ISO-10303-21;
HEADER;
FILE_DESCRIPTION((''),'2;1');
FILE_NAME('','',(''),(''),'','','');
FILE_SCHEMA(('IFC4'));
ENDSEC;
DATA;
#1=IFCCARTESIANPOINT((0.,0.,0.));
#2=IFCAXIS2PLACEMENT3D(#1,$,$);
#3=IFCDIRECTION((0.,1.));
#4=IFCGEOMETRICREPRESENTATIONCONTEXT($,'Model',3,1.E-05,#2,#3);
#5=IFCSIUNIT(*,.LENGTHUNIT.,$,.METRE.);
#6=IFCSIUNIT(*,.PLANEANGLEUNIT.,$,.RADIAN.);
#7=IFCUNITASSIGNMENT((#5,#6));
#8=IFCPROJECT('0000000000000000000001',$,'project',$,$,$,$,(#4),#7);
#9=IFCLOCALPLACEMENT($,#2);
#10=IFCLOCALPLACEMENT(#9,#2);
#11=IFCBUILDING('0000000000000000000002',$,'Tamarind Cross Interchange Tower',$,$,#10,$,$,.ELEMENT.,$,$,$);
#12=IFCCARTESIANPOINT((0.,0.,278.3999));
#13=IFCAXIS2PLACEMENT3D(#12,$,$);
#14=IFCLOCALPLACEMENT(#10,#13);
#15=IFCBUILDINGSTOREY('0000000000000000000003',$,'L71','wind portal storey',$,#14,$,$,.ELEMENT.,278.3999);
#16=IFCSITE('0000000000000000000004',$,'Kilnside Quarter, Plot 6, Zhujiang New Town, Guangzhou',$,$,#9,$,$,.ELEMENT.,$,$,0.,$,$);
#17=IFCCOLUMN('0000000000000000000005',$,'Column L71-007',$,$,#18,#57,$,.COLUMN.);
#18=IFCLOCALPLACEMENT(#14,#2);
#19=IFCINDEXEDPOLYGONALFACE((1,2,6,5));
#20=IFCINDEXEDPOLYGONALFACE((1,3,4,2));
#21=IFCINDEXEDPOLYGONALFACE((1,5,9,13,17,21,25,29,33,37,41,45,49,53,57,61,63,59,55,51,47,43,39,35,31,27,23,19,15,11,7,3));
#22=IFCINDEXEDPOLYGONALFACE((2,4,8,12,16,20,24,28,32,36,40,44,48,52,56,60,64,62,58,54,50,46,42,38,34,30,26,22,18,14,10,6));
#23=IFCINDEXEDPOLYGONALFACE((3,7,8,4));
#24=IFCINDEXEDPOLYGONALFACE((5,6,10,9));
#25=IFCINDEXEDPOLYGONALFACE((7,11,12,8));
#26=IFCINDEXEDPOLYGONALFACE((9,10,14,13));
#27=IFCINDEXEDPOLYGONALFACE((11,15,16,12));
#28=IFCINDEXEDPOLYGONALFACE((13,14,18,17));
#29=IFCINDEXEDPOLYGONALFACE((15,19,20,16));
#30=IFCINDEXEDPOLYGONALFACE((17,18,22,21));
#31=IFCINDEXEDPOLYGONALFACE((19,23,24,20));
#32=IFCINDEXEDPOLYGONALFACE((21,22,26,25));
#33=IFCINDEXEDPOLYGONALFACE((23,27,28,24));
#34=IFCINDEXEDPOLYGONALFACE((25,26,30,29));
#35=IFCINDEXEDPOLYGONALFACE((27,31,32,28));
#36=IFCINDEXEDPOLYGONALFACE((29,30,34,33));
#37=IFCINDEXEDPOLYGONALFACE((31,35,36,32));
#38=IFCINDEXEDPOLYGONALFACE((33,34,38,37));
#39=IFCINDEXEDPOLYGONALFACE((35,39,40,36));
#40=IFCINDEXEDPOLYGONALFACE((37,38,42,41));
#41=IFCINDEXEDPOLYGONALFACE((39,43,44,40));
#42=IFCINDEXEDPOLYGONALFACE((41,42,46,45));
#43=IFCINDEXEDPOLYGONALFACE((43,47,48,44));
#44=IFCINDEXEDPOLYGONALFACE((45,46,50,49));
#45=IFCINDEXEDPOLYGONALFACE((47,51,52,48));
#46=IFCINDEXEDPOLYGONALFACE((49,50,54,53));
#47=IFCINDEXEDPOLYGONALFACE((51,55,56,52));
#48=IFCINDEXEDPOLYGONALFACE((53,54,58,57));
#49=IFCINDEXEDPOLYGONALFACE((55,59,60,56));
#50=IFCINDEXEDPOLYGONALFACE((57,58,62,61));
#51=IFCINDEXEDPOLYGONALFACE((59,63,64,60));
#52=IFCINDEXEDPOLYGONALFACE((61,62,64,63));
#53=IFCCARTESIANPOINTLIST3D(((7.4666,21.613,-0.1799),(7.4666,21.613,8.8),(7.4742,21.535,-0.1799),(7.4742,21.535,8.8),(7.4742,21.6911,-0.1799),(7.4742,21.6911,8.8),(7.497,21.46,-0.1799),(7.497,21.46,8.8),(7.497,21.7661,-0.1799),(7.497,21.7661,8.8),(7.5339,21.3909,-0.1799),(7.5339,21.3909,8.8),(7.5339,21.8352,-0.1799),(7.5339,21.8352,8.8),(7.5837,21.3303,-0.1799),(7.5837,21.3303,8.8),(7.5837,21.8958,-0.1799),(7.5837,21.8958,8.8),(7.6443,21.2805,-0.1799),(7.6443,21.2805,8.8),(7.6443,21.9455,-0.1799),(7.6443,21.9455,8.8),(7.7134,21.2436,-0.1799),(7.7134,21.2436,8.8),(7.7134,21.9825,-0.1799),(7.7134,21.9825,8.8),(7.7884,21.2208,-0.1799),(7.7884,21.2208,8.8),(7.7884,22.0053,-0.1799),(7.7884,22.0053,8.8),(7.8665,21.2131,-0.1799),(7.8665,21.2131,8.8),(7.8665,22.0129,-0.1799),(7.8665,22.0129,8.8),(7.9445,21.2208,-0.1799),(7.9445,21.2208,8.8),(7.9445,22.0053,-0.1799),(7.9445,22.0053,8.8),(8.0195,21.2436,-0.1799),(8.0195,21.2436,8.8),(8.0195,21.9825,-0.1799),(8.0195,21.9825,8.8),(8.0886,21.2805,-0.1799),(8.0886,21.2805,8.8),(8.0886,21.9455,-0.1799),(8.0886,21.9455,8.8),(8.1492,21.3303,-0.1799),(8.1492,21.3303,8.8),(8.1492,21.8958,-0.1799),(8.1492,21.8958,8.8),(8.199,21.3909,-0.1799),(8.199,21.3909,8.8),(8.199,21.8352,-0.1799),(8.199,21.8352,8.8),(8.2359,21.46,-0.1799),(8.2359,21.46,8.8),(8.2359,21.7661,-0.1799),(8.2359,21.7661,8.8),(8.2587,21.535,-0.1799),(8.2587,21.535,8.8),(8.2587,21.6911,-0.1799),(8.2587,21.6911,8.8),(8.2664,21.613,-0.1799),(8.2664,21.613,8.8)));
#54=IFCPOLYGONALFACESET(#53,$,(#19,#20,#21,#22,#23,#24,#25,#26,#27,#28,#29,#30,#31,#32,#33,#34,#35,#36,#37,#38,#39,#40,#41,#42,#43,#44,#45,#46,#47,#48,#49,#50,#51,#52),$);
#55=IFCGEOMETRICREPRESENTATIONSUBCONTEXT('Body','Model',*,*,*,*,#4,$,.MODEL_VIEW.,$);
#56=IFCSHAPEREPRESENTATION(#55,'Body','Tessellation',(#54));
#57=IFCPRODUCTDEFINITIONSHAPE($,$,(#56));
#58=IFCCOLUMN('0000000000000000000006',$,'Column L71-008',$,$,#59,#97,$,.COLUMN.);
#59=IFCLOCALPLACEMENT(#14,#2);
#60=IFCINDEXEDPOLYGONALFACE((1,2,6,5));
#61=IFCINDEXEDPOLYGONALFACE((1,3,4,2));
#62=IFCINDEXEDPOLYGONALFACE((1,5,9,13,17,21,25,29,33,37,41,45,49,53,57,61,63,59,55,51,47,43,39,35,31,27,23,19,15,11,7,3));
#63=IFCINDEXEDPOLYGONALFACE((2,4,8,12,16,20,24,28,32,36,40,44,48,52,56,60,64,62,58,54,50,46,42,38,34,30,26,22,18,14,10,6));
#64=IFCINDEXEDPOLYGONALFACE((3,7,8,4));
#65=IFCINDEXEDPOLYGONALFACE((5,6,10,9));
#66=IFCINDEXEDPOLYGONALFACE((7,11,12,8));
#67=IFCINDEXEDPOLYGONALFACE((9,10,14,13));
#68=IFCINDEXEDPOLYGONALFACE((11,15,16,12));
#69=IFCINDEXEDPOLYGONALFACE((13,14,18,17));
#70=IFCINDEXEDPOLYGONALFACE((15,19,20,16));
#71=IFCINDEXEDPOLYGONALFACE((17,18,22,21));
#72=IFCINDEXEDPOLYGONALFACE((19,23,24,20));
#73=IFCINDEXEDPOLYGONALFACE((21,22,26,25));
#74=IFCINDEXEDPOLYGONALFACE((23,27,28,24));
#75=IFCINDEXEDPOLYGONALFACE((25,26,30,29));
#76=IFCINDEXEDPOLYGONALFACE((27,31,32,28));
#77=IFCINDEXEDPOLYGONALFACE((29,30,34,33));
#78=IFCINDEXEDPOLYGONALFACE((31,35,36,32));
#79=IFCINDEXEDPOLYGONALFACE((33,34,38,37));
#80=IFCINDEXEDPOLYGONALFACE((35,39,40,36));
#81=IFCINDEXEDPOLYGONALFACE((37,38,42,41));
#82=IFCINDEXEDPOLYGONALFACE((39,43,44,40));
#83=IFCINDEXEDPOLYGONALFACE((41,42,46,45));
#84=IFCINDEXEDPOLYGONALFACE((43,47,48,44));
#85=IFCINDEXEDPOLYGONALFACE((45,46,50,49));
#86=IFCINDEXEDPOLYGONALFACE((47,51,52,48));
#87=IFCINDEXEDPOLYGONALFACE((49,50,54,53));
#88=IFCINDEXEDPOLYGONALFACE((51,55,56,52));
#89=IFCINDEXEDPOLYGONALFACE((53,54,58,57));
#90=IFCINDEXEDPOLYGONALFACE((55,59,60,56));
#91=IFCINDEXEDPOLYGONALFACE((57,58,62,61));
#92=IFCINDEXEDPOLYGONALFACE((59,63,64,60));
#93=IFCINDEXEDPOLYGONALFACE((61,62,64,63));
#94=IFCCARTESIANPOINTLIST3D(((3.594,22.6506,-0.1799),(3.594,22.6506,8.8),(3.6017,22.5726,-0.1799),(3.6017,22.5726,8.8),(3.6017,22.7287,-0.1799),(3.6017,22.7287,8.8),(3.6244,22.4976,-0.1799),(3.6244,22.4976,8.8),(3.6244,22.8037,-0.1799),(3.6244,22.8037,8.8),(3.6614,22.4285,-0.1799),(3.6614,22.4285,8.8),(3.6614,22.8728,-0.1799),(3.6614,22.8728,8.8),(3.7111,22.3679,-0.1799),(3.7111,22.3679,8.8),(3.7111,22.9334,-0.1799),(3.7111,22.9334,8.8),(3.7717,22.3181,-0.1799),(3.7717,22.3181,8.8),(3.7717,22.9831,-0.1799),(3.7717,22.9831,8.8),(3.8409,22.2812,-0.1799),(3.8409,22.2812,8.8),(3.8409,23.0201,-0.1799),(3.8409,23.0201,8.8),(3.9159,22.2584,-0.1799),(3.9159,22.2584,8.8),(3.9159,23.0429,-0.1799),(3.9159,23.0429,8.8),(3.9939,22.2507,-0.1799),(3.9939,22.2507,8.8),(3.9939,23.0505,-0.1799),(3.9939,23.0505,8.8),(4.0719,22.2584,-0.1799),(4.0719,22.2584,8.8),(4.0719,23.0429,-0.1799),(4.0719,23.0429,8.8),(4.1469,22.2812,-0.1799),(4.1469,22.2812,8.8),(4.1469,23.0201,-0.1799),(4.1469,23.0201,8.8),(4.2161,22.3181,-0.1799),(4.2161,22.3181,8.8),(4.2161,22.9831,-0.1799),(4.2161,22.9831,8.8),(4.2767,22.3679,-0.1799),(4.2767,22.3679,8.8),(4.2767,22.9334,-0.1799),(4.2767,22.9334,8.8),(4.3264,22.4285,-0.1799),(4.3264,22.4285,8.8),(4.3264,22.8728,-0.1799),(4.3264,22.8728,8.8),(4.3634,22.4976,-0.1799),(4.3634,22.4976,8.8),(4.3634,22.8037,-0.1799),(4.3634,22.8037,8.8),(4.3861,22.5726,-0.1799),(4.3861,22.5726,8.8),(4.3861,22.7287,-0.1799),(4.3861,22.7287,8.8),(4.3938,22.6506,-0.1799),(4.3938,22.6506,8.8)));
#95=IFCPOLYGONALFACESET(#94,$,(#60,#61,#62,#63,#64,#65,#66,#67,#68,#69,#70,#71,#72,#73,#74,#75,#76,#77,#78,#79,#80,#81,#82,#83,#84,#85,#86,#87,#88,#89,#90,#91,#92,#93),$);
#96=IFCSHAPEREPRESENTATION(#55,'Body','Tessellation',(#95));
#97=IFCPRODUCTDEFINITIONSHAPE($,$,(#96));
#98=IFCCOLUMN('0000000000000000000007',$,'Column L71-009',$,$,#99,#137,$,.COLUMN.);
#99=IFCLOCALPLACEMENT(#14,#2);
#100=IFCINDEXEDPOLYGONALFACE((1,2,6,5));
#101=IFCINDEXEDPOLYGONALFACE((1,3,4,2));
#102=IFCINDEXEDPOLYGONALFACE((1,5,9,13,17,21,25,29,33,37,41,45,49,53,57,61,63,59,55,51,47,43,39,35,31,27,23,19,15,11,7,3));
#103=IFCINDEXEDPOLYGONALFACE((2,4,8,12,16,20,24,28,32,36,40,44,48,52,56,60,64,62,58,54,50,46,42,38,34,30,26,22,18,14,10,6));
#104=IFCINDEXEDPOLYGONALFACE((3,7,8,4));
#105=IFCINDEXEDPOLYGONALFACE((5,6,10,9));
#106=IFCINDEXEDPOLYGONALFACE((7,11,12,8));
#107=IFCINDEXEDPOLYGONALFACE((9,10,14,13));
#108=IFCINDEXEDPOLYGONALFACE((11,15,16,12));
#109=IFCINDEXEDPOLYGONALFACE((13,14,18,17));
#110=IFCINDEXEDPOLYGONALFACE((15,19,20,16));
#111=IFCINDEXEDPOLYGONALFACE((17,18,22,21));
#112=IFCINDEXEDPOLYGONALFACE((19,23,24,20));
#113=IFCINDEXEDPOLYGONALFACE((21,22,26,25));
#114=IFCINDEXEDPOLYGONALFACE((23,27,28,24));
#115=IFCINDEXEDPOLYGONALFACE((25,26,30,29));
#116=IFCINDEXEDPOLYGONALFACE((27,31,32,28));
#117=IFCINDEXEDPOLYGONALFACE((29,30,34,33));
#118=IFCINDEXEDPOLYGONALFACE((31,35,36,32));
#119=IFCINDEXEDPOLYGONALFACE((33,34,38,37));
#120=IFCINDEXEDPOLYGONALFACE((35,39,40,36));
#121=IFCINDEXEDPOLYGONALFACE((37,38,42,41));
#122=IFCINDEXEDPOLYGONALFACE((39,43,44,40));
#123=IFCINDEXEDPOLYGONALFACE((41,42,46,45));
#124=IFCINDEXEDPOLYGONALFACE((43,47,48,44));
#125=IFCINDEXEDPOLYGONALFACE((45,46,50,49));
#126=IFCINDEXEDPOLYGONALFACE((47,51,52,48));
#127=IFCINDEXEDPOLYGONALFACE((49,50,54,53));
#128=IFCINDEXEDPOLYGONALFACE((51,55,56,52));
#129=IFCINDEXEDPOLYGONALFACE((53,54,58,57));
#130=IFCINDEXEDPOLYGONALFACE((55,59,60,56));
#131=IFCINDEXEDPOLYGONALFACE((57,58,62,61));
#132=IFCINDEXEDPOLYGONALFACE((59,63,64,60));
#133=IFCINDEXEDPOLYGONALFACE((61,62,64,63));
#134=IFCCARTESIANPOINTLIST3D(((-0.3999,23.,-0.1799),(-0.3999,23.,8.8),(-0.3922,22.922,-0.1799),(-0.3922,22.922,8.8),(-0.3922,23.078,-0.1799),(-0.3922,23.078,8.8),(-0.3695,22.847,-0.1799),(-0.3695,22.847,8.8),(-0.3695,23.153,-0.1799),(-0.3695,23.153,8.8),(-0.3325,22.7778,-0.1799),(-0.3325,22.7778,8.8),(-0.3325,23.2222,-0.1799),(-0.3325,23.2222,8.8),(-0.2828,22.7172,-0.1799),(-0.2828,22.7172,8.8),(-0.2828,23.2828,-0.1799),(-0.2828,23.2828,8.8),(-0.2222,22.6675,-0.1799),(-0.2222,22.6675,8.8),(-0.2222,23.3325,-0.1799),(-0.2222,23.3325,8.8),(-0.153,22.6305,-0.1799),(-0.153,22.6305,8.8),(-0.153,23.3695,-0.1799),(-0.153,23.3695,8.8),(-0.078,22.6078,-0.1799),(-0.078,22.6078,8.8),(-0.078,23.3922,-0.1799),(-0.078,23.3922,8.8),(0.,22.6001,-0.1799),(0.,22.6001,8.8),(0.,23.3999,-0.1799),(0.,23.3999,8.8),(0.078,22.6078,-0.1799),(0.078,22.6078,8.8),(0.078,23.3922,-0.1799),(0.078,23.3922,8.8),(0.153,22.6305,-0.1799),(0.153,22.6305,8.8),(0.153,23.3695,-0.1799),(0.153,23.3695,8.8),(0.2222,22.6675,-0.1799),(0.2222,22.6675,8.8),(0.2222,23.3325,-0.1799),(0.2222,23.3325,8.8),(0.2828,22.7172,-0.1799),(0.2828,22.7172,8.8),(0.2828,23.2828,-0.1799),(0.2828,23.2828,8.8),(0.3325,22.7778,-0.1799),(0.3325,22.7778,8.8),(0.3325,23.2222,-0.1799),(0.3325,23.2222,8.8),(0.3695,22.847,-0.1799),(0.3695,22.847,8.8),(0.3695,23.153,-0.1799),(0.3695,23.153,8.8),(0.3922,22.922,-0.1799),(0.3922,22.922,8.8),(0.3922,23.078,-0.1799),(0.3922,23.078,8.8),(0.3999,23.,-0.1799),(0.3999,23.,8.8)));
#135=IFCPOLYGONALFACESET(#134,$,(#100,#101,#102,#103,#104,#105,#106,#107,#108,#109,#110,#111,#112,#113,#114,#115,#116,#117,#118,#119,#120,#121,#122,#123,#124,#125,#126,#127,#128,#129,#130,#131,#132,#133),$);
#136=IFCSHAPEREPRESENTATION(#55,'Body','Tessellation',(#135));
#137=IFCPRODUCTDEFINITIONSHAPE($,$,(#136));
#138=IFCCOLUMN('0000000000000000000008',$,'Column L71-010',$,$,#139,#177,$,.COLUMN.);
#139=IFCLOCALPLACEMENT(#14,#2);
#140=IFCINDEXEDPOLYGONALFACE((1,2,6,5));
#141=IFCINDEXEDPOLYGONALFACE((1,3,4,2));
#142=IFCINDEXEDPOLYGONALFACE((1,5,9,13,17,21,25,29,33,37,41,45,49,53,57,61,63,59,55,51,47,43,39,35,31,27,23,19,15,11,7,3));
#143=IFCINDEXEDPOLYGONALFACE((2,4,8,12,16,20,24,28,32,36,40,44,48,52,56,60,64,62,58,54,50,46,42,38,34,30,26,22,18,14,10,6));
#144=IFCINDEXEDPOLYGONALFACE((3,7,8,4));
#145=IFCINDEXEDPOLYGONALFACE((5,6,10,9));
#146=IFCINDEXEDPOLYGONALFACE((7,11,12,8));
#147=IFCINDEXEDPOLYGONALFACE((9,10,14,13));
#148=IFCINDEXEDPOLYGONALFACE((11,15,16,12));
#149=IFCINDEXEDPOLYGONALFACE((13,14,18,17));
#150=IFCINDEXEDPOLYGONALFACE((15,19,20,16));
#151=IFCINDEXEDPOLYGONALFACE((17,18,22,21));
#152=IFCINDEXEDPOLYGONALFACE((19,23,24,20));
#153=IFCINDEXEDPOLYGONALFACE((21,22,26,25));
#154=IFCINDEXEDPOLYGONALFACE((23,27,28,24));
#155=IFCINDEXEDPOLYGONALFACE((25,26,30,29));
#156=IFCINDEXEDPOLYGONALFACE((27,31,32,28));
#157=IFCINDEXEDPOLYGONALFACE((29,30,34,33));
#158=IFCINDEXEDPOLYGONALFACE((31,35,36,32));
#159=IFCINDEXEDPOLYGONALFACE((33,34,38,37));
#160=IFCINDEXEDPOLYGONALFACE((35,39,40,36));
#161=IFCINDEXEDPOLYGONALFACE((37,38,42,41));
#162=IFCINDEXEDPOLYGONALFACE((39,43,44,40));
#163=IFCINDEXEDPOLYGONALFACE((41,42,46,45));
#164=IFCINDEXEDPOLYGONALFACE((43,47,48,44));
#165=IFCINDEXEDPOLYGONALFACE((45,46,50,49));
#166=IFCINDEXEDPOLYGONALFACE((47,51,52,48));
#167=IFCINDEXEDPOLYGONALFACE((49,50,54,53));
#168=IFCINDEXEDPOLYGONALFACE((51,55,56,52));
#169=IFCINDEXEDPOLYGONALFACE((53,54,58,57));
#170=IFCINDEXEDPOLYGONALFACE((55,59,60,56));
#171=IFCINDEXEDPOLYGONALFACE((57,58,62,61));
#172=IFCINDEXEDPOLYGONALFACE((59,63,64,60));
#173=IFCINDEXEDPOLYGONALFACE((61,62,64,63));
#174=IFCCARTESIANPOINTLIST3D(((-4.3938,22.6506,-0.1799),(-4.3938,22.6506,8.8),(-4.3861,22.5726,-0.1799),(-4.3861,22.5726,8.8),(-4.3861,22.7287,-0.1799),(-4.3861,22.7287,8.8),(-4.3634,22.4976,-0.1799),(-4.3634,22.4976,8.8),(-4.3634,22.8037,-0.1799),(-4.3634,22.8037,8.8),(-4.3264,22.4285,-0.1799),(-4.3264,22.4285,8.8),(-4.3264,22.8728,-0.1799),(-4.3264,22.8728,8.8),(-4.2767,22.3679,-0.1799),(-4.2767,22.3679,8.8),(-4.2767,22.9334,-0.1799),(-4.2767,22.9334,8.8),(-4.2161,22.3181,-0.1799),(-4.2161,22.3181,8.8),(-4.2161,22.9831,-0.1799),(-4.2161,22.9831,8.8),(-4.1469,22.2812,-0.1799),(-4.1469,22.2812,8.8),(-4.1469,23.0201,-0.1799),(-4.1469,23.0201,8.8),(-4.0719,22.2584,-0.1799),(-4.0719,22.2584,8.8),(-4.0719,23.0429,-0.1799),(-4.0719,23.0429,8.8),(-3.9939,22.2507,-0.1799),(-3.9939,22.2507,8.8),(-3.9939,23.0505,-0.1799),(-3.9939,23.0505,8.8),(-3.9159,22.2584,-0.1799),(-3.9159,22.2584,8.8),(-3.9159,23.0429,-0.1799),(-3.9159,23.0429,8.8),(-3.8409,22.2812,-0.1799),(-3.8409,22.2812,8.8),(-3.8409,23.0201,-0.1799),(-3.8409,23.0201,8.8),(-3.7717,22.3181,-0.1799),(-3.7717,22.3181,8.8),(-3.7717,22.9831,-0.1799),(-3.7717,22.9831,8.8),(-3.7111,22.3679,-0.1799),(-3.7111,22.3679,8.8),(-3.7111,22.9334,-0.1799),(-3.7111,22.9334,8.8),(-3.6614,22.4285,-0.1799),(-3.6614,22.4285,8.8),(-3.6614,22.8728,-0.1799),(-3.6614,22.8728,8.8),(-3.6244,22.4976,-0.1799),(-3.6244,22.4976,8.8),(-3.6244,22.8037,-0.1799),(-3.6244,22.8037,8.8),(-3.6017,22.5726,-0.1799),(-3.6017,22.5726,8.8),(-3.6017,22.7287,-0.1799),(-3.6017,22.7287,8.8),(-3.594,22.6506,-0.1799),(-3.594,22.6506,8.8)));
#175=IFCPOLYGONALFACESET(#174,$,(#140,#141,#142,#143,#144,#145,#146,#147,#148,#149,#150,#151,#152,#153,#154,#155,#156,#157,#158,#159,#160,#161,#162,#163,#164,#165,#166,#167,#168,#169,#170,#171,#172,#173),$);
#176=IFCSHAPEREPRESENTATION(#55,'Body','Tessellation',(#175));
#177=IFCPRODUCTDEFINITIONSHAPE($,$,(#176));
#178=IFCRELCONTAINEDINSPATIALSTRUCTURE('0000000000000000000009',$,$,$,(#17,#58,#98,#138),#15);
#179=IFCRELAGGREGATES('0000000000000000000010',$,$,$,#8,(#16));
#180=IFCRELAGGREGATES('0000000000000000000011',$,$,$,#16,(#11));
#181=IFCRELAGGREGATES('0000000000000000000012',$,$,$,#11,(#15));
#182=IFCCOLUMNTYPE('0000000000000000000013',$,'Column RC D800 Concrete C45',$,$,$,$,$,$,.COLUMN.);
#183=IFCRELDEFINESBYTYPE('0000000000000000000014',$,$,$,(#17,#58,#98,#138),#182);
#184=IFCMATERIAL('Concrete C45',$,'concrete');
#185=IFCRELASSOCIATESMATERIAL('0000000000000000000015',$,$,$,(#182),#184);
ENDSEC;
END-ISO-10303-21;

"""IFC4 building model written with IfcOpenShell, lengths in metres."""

from ifc_helpers import new_model, si_unit, direction, frame, origin, origin_2d, place, context, subcontext, project, spatial, circle, extrude, material, material_profile, profile_set, type_object, element, save


model = new_model("IFC4")

# Units and contexts
model_context = context("Model", 3, precision=1e-05, world=origin(), true_north=direction((0.0, 1.0)))
body_context = subcontext(model_context, "Body", "Model", "MODEL_VIEW")
ifc_project = project(units=[si_unit("LENGTHUNIT", "METRE"), si_unit("PLANEANGLEUNIT", "RADIAN")], contexts=[model_context])

# Site, building, storey
site_placement = place(None, origin())
site = spatial("IfcSite", under=ifc_project, at=site_placement, Name="Kilnside Quarter, Plot 6, Zhujiang New Town, Guangzhou", CompositionType="ELEMENT", RefElevation=0.0)
building_placement = place(site_placement, origin())
building = spatial("IfcBuilding", under=site, at=building_placement, Name="Tamarind Cross Interchange Tower", CompositionType="ELEMENT")
storey_placement = place(building_placement, frame((0.0, 0.0, 278.3999)))
storey = spatial("IfcBuildingStorey", under=building, at=storey_placement, Name="L71", Description="wind portal storey", CompositionType="ELEMENT", Elevation=278.3999)

# Columns
ifc_material_1 = material(Name="Concrete C45", Category="concrete")
ifc_material_profile_1 = material_profile(ifc_material_1, circle(Radius=0.3999, at=origin_2d()), Name="RC D800")
ifc_profile_set_1 = profile_set([ifc_material_profile_1], Name="Concrete C45")
column_type = type_object("IfcColumnType", Name="Column RC D800 Concrete C45", PredefinedType="COLUMN", material=ifc_profile_set_1)
for number, where, z_axis, x_axis, name in (
    (1, (7.8665, 21.613, -0.1799), (0.0, 0.0, 1.0), (1.0, 0.0, 0.0), "Column L71-007"),
    (2, (3.9939, 22.6506, -0.1799), (0.0, 0.0, 1.0), (1.0, 0.0, 0.0), "Column L71-008"),
    (3, (0.0, 23.0, -0.1799), (0.0, 0.0, 1.0), (1.0, 0.0, 0.0), "Column L71-009"),
    (4, (-3.9939, 22.6506, -0.1799), (0.0, 0.0, 1.0), (1.0, 0.0, 0.0), "Column L71-010"),
):
    element("IfcColumn", number, at=place(storey_placement, frame(where, z_axis=z_axis, x_axis=x_axis)), inside=storey, type_object=column_type, Name=name, PredefinedType="COLUMN", context=body_context, shape_type="SweptSolid", body=[
        extrude(circle(Radius=0.3999, at=origin_2d()), origin(), (0.0, 0.0, 1.0), 8.98),
    ])

save(model, "model.ifc")
